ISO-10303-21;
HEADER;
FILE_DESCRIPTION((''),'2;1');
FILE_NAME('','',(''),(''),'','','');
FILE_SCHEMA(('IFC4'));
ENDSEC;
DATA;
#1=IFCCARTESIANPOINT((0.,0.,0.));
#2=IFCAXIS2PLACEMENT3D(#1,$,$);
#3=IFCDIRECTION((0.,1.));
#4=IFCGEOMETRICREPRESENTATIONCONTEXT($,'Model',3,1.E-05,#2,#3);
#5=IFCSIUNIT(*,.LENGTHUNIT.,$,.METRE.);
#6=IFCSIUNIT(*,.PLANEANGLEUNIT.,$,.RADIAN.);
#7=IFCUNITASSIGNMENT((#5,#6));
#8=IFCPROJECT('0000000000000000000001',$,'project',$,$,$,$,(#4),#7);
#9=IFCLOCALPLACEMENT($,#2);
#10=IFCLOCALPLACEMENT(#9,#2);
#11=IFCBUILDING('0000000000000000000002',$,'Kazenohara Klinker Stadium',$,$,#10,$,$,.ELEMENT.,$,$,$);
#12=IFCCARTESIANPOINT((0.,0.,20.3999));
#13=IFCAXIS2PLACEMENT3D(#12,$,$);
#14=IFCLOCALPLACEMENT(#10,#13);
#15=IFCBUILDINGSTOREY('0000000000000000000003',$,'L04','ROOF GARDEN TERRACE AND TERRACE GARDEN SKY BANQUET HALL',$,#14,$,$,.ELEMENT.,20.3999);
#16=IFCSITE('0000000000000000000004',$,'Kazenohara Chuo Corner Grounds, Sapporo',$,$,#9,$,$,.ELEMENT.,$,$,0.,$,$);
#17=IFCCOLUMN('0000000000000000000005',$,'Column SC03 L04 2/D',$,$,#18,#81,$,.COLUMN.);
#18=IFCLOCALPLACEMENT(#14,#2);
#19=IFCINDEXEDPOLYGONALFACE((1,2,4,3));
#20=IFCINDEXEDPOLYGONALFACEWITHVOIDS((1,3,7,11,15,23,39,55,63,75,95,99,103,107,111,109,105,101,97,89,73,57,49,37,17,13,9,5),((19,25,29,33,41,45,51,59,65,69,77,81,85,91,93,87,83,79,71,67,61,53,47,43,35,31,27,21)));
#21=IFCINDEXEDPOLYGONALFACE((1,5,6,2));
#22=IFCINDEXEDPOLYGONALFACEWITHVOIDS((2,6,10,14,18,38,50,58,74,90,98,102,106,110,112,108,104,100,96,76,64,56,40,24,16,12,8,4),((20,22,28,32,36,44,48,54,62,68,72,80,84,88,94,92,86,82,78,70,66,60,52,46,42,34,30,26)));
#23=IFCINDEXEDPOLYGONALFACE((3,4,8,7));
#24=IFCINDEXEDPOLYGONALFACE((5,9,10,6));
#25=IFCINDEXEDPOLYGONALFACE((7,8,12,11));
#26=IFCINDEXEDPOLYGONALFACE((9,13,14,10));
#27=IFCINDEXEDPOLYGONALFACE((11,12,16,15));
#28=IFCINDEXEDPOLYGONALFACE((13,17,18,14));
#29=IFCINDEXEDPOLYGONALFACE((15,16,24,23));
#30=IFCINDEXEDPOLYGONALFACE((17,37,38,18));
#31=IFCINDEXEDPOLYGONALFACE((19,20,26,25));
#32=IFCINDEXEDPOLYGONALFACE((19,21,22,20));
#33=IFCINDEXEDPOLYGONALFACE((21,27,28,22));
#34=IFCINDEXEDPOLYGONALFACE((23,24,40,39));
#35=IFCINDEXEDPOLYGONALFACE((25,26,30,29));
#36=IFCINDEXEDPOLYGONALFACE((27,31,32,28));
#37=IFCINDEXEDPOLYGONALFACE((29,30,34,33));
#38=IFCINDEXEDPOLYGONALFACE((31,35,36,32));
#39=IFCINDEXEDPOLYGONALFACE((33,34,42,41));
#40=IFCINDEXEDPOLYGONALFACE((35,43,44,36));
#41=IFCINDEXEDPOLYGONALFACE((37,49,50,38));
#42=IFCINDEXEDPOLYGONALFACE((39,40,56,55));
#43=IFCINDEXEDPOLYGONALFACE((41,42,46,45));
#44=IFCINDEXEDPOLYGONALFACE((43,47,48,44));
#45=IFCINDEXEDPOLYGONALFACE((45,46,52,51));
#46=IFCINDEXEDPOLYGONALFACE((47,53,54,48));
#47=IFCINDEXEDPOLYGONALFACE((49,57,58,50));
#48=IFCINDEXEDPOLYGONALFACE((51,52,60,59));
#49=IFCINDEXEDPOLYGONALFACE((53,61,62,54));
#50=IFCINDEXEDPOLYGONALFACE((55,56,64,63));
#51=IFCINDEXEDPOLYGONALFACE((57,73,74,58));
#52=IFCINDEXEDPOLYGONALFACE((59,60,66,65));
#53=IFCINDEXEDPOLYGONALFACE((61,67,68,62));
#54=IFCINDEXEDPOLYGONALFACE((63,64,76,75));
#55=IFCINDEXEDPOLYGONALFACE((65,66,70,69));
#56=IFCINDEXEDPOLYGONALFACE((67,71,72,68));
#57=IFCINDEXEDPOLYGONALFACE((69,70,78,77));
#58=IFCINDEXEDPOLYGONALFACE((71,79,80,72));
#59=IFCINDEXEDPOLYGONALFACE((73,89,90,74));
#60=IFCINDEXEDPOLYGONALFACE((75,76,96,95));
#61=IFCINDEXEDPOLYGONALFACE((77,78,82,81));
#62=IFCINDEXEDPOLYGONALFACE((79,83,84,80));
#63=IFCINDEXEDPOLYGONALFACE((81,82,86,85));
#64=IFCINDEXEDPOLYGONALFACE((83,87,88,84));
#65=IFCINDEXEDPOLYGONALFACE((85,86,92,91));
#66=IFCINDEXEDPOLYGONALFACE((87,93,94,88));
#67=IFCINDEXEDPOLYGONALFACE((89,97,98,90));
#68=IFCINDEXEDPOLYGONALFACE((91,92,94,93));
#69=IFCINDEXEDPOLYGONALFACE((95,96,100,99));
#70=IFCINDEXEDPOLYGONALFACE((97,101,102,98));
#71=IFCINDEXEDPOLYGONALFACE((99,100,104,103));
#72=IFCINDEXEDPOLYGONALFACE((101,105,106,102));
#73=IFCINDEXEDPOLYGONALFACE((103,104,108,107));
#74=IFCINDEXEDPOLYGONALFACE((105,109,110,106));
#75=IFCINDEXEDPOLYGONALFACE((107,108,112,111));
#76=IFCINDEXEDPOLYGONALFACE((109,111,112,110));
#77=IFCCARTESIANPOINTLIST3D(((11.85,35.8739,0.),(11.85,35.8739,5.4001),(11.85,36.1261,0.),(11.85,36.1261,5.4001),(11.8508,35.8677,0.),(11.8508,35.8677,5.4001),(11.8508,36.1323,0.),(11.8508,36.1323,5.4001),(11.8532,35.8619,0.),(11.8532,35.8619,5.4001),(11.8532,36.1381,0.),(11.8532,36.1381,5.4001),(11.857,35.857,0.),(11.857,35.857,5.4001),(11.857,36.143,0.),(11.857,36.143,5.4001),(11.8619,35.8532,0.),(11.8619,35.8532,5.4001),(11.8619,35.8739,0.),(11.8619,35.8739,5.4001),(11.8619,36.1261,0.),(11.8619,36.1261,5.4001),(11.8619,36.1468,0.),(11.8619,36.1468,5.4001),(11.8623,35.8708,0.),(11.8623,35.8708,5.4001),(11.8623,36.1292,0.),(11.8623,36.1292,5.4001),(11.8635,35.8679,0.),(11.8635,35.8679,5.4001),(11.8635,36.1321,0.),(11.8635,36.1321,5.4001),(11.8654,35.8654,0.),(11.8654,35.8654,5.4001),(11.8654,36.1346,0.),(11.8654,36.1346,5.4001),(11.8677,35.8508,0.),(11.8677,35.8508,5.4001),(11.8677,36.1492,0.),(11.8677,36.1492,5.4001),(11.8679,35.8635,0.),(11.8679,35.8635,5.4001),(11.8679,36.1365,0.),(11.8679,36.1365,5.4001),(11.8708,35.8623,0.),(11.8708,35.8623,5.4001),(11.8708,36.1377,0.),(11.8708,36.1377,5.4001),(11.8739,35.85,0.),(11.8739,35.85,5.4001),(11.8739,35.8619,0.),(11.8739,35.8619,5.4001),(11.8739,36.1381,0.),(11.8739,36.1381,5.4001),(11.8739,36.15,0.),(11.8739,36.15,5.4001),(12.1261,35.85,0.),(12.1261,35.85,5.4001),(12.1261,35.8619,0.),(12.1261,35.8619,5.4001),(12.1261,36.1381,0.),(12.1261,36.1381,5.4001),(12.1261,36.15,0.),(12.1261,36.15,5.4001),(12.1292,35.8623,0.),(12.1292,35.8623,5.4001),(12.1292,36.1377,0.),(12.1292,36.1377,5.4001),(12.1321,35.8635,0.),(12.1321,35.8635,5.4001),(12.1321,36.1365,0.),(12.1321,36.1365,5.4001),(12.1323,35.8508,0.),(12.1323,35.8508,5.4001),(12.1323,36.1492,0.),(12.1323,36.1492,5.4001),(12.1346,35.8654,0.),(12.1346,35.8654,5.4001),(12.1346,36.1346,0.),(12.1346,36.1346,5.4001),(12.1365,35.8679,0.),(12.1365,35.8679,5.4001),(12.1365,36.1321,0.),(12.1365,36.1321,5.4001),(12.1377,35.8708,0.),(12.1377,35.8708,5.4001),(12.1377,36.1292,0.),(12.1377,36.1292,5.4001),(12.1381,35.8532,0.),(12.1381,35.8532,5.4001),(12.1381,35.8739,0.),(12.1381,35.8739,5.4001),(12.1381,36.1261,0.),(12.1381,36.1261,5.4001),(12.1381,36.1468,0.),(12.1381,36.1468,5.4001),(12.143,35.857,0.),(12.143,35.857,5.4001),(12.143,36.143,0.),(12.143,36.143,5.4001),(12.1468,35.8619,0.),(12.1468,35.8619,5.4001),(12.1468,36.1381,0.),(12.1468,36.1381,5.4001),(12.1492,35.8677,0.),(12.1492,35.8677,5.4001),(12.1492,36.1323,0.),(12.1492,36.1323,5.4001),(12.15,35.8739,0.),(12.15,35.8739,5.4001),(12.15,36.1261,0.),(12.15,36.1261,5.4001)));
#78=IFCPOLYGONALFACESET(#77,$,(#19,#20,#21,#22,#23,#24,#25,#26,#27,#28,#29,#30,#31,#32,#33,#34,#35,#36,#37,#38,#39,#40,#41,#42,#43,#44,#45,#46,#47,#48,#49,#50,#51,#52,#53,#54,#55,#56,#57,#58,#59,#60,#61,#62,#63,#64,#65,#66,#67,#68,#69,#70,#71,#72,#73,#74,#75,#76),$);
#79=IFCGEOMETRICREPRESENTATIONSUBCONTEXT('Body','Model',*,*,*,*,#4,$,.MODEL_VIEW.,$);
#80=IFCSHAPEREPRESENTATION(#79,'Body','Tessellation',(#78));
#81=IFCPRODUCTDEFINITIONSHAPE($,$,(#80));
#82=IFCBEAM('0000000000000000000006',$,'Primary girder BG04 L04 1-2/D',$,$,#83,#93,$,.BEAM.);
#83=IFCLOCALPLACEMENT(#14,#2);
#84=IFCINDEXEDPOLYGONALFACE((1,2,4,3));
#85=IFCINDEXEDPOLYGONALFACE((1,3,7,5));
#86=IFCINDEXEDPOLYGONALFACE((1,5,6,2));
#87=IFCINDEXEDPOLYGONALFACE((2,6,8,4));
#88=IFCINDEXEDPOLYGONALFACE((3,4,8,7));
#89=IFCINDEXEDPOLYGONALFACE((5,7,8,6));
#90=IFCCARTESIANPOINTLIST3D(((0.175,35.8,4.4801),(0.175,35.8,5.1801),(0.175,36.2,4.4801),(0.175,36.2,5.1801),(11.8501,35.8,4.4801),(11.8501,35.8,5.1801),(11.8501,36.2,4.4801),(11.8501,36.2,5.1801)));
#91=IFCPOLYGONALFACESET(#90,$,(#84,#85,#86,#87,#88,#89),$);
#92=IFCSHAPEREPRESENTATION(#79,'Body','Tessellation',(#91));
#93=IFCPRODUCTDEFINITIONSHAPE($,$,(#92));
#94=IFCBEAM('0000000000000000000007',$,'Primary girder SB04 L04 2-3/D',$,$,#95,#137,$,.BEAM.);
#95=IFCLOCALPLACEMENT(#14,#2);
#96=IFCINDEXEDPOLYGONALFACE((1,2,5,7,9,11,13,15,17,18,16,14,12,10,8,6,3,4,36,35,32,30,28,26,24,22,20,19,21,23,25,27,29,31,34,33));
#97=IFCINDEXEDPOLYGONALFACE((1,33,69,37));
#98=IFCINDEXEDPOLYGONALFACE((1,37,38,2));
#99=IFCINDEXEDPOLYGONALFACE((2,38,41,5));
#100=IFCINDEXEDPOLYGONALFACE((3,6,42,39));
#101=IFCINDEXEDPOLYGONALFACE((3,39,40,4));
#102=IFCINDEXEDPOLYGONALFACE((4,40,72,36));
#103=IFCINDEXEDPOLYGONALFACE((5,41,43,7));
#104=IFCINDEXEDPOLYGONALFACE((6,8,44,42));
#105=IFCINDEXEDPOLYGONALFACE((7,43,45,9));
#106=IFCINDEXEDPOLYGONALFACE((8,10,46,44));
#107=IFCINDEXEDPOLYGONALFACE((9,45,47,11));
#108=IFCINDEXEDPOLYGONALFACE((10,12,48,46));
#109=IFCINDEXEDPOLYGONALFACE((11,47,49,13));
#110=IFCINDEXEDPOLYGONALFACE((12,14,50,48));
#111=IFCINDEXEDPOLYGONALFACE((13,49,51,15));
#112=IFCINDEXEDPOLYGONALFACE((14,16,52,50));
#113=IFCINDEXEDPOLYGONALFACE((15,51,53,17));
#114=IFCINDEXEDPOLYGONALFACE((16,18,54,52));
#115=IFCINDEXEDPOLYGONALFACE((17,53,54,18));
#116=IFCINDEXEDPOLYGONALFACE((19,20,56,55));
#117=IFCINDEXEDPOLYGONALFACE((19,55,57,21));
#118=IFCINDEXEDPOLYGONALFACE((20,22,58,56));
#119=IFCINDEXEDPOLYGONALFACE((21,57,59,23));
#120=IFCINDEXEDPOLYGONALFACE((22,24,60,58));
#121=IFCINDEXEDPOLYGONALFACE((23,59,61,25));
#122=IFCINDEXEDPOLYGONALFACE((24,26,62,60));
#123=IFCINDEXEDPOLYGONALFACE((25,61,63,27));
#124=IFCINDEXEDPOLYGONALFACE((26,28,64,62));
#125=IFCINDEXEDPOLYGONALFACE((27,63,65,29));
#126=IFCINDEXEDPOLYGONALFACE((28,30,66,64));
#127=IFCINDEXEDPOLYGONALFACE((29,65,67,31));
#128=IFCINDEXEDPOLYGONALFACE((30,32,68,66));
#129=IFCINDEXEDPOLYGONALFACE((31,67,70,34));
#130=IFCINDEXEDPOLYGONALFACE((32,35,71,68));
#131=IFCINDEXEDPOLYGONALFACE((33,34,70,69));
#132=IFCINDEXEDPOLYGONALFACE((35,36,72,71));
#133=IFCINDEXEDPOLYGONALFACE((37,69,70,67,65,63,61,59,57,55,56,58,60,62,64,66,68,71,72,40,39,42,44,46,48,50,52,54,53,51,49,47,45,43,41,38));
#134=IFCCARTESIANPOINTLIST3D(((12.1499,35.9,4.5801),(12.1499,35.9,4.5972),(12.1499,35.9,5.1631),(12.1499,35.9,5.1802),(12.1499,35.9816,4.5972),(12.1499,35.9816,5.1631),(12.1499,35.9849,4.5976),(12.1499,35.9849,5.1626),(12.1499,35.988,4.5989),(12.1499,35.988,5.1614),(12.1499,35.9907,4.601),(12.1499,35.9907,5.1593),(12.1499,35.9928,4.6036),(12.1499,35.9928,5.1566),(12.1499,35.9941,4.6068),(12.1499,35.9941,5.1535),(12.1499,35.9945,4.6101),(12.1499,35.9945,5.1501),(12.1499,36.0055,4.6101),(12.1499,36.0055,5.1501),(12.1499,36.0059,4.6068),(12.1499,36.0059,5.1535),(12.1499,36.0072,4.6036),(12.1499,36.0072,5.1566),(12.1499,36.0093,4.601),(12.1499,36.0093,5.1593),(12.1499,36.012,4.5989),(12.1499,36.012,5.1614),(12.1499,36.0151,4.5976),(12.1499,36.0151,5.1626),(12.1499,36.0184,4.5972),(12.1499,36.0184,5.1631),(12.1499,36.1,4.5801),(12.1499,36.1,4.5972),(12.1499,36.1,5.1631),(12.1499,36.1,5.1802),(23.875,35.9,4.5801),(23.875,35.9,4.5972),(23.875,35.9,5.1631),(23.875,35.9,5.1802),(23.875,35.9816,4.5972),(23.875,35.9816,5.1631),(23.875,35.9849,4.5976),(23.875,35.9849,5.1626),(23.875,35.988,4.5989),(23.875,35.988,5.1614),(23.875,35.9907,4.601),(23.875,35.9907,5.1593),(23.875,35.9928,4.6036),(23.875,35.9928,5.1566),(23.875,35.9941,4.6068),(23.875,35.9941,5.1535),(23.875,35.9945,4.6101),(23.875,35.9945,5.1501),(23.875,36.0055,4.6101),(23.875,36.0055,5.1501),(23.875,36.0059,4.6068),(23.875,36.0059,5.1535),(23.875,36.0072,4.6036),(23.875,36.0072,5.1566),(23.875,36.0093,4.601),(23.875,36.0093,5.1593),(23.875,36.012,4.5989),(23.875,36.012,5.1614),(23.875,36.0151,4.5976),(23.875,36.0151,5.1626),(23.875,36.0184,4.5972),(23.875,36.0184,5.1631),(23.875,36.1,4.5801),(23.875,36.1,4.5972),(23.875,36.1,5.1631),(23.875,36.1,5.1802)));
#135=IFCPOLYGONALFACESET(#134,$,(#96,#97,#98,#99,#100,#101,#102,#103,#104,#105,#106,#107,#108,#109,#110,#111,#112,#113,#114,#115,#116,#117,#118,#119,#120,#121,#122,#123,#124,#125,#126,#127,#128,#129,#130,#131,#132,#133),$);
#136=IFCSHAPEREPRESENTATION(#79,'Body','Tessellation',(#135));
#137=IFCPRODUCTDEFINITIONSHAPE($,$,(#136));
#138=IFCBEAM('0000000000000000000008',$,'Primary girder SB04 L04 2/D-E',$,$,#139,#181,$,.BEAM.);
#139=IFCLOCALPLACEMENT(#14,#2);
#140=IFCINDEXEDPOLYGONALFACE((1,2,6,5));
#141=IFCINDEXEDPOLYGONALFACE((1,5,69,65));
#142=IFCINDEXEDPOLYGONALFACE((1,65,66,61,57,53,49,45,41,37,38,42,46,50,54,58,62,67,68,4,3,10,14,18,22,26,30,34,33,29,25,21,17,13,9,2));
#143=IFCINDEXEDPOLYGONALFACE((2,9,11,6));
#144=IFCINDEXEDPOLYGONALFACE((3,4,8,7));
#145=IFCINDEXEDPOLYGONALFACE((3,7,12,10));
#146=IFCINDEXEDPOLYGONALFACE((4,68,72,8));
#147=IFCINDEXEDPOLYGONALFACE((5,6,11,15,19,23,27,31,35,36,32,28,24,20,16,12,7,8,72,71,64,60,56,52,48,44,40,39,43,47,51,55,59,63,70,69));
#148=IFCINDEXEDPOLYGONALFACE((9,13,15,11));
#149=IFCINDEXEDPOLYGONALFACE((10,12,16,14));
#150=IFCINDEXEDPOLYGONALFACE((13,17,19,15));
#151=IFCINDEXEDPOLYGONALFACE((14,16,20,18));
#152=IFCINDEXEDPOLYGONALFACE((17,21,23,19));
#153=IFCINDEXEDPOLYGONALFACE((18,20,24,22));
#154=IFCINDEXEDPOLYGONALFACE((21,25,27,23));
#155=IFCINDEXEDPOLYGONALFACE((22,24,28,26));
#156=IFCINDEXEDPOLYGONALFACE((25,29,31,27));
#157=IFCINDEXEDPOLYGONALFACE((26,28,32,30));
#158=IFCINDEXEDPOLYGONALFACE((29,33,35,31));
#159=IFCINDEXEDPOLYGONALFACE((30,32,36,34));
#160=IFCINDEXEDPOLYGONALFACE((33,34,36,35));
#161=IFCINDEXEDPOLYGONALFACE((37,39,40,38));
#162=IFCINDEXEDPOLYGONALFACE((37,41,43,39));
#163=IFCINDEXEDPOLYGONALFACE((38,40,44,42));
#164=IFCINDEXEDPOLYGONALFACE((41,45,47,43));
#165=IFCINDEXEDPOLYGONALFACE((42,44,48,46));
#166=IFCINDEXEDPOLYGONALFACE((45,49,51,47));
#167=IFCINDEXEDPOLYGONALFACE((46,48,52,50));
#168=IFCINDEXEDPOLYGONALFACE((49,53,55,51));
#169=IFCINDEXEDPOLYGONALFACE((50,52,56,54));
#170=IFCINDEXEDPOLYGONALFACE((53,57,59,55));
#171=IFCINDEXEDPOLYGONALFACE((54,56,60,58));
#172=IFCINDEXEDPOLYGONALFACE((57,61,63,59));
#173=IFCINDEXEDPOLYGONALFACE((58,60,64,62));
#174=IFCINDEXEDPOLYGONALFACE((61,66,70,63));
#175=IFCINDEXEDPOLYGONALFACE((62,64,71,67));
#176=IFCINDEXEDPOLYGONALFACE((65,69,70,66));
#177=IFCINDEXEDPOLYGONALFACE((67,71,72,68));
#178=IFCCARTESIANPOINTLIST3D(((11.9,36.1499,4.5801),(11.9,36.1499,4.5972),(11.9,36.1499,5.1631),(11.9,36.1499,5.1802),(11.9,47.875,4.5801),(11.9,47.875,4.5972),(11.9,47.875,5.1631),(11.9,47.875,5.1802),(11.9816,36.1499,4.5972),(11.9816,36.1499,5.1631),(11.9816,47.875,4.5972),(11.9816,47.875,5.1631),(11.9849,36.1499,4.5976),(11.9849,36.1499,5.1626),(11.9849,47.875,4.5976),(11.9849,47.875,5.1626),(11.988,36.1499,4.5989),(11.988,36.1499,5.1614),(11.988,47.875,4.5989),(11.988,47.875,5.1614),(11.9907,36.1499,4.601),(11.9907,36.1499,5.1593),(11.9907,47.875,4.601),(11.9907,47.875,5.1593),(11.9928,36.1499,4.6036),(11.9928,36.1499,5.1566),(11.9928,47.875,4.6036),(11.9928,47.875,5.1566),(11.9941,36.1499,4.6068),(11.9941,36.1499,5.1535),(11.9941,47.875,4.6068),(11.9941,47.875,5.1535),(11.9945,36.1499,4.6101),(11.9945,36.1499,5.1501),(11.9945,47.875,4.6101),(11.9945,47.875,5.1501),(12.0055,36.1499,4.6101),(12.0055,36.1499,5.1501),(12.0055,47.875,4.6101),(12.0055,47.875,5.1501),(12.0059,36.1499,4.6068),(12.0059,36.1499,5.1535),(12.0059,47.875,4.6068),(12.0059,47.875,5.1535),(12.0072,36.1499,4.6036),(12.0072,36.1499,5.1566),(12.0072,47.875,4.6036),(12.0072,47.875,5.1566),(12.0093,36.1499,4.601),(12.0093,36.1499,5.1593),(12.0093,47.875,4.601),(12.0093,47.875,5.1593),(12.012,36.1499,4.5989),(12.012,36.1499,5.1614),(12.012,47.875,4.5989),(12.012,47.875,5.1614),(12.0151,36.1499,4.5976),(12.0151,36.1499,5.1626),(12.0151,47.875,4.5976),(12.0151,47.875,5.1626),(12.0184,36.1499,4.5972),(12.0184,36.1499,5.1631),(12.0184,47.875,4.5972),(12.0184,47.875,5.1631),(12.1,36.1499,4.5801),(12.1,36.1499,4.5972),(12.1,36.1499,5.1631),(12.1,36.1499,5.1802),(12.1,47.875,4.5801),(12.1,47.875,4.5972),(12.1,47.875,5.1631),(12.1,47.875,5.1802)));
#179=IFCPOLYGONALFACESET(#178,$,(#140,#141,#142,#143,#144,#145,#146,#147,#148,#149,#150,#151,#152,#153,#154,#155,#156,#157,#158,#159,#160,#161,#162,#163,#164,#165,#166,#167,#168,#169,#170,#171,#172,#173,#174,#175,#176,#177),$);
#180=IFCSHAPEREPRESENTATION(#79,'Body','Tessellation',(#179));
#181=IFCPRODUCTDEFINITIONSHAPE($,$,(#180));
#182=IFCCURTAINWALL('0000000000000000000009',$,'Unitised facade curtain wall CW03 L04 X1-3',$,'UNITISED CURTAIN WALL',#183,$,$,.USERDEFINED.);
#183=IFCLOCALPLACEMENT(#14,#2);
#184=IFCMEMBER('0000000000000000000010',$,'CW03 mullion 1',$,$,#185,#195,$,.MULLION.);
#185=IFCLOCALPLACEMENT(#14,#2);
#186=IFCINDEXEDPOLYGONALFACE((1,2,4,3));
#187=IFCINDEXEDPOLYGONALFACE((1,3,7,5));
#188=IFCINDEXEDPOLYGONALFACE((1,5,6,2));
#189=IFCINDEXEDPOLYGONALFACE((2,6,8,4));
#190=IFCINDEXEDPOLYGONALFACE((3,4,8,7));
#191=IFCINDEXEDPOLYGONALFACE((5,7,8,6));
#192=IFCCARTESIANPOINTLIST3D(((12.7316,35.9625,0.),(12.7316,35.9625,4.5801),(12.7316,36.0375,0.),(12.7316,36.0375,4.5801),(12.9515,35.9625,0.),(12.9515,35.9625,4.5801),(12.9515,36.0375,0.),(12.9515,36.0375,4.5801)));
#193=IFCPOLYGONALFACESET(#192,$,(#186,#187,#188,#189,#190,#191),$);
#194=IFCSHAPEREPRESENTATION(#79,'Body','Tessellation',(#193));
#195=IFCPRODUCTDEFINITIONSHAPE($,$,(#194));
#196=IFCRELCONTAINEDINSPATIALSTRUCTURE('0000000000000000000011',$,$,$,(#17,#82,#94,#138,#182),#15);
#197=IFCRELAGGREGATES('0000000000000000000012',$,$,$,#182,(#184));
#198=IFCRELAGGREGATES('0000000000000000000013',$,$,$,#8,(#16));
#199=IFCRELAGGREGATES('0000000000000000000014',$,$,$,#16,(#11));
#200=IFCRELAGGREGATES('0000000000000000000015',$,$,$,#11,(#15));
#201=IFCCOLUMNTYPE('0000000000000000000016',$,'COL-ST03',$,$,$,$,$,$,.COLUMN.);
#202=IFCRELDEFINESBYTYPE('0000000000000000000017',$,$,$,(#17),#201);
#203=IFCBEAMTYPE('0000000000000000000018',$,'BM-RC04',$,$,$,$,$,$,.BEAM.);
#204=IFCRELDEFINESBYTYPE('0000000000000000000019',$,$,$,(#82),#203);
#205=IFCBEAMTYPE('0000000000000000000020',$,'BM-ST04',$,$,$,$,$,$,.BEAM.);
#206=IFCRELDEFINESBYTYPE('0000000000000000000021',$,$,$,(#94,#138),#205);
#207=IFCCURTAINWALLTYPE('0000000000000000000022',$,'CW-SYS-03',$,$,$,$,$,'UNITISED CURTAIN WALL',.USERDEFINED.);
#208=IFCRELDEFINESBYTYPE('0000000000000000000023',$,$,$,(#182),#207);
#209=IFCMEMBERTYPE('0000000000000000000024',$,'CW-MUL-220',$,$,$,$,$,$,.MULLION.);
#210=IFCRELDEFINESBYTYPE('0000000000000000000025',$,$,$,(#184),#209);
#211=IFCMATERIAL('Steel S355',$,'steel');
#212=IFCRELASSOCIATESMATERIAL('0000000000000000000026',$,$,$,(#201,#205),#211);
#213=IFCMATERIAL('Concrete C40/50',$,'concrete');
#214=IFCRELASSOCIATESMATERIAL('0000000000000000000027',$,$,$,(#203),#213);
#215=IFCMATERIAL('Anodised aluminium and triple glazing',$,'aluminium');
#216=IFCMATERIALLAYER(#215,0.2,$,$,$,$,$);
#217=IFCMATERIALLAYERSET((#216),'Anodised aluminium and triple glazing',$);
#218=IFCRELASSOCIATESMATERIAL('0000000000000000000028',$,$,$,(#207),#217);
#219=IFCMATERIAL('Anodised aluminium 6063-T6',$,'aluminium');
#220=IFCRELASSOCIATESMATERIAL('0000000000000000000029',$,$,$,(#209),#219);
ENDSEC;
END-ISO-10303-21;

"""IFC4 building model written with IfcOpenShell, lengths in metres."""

from ifc_helpers import new_model, si_unit, direction, frame, origin, origin_2d, place, context, subcontext, project, spatial, rectangle, hollow_rectangle, i_section, extrude, material, layer, layer_set, material_profile, profile_set, type_object, element, aggregate, save


model = new_model("IFC4")

# Units and contexts
model_context = context("Model", 3, precision=1e-05, world=origin(), true_north=direction((0.0, 1.0)))
body_context = subcontext(model_context, "Body", "Model", "MODEL_VIEW")
ifc_project = project(units=[si_unit("LENGTHUNIT", "METRE"), si_unit("PLANEANGLEUNIT", "RADIAN")], contexts=[model_context])

# Site, building, storey
site_placement = place(None, origin())
site = spatial("IfcSite", under=ifc_project, at=site_placement, Name="Kazenohara Chuo Corner Grounds, Sapporo", CompositionType="ELEMENT", RefElevation=0.0)
building_placement = place(site_placement, origin())
building = spatial("IfcBuilding", under=site, at=building_placement, Name="Kazenohara Klinker Stadium", CompositionType="ELEMENT")
storey_placement = place(building_placement, frame((0.0, 0.0, 20.3999)))
storey = spatial("IfcBuildingStorey", under=building, at=storey_placement, Name="L04", Description="ROOF GARDEN TERRACE AND TERRACE GARDEN SKY BANQUET HALL", CompositionType="ELEMENT", Elevation=20.3999)

# Column
ifc_material_1 = material(Name="Steel S355", Category="steel")
ifc_material_profile_1 = material_profile(ifc_material_1, hollow_rectangle(XDim=0.3, YDim=0.3, WallThickness=0.012, InnerFilletRadius=0.012, OuterFilletRadius=0.0239, at=origin_2d()), Name="SHS-300x300x12")
ifc_profile_set_1 = profile_set([ifc_material_profile_1], Name="Steel S355")
column_type = type_object("IfcColumnType", Name="COL-ST03", PredefinedType="COLUMN", material=ifc_profile_set_1)
column_placement = place(storey_placement, frame((12.0, 36.0, 0.0), z_axis=(0.0, 0.0, 1.0), x_axis=(1.0, 0.0, 0.0)))
element("IfcColumn", 1, at=column_placement, inside=storey, type_object=column_type, Name="Column SC03 L04 2/D", PredefinedType="COLUMN", context=body_context, shape_type="SweptSolid", body=[
    extrude(hollow_rectangle(XDim=0.3, YDim=0.3, WallThickness=0.012, InnerFilletRadius=0.012, OuterFilletRadius=0.0239, at=origin_2d()), origin(), (0.0, 0.0, 1.0), 5.4001),
])

# Beams
ifc_material_2 = material(Name="Concrete C40/50", Category="concrete")
ifc_material_profile_2 = material_profile(ifc_material_2, rectangle(XDim=0.3999, YDim=0.7, at=origin_2d()), Name="RC-BM-400x700")
ifc_profile_set_2 = profile_set([ifc_material_profile_2], Name="Concrete C40/50")
beam_type_1 = type_object("IfcBeamType", Name="BM-RC04", PredefinedType="BEAM", material=ifc_profile_set_2)
beam_placement = place(storey_placement, frame((0.175, 36.0, 4.8301), z_axis=(1.0, 0.0, 0.0), x_axis=(0.0, 1.0, 0.0)))
element("IfcBeam", 2, at=beam_placement, inside=storey, type_object=beam_type_1, Name="Primary girder BG04 L04 1-2/D", PredefinedType="BEAM", context=body_context, shape_type="SweptSolid", body=[
    extrude(rectangle(XDim=0.3999, YDim=0.7, at=origin_2d()), origin(), (0.0, 0.0, 1.0), 11.675),
])
ifc_material_profile_3 = material_profile(ifc_material_1, i_section(OverallWidth=0.2, OverallDepth=0.6001, WebThickness=0.011, FlangeThickness=0.0171, FilletRadius=0.0129, at=origin_2d()), Name="H-600x200x11x17")
ifc_profile_set_3 = profile_set([ifc_material_profile_3], Name="Steel S355")
beam_type_2 = type_object("IfcBeamType", Name="BM-ST04", PredefinedType="BEAM", material=ifc_profile_set_3)
for number, where, z_axis, x_axis, name in (
    (3, (12.1499, 36.0, 4.8801), (1.0, 0.0, 0.0), (0.0, 1.0, 0.0), "Primary girder SB04 L04 2-3/D"),
    (4, (12.0, 36.1499, 4.8801), (0.0, 1.0, 0.0), (-1.0, 0.0, 0.0), "Primary girder SB04 L04 2/D-E"),
):
    element("IfcBeam", number, at=place(storey_placement, frame(where, z_axis=z_axis, x_axis=x_axis)), inside=storey, type_object=beam_type_2, Name=name, PredefinedType="BEAM", context=body_context, shape_type="SweptSolid", body=[
        extrude(i_section(OverallWidth=0.2, OverallDepth=0.6001, WebThickness=0.011, FlangeThickness=0.0171, FilletRadius=0.0129, at=origin_2d()), origin(), (0.0, 0.0, 1.0), 11.7251),
    ])

# Curtain wall, member
ifc_material_3 = material(Name="Anodised aluminium and triple glazing", Category="aluminium")
ifc_layer_1 = layer(ifc_material_3, 0.2)
ifc_layer_set_1 = layer_set([ifc_layer_1], Name="Anodised aluminium and triple glazing")
curtain_wall_type = type_object("IfcCurtainWallType", Name="CW-SYS-03", ElementType="UNITISED CURTAIN WALL", PredefinedType="USERDEFINED", material=ifc_layer_set_1)
curtain_wall_placement = place(storey_placement, origin())
curtain_wall = element("IfcCurtainWall", 5, at=curtain_wall_placement, inside=storey, type_object=curtain_wall_type, Name="Unitised facade curtain wall CW03 L04 X1-3", ObjectType="UNITISED CURTAIN WALL", PredefinedType="USERDEFINED")
ifc_material_4 = material(Name="Anodised aluminium 6063-T6", Category="aluminium")
ifc_material_profile_4 = material_profile(ifc_material_4, rectangle(XDim=0.075, YDim=0.22, at=origin_2d()), Name="ALU-MUL-75x220")
ifc_profile_set_4 = profile_set([ifc_material_profile_4], Name="Anodised aluminium 6063-T6")
member_type_1 = type_object("IfcMemberType", Name="CW-MUL-220", PredefinedType="MULLION", material=ifc_profile_set_4)
member_1_placement = place(storey_placement, frame((12.8416, 36.0, 0.0), z_axis=(0.0, 0.0, 1.0), x_axis=(0.0, 1.0, 0.0)))
member_1 = element("IfcMember", 6, at=member_1_placement, type_object=member_type_1, Name="CW03 mullion 1", PredefinedType="MULLION", context=body_context, shape_type="SweptSolid", body=[
    extrude(rectangle(XDim=0.075, YDim=0.22, at=origin_2d()), origin(), (0.0, 0.0, 1.0), 4.5801),
])
aggregate(curtain_wall, [member_1])

save(model, "model.ifc")
